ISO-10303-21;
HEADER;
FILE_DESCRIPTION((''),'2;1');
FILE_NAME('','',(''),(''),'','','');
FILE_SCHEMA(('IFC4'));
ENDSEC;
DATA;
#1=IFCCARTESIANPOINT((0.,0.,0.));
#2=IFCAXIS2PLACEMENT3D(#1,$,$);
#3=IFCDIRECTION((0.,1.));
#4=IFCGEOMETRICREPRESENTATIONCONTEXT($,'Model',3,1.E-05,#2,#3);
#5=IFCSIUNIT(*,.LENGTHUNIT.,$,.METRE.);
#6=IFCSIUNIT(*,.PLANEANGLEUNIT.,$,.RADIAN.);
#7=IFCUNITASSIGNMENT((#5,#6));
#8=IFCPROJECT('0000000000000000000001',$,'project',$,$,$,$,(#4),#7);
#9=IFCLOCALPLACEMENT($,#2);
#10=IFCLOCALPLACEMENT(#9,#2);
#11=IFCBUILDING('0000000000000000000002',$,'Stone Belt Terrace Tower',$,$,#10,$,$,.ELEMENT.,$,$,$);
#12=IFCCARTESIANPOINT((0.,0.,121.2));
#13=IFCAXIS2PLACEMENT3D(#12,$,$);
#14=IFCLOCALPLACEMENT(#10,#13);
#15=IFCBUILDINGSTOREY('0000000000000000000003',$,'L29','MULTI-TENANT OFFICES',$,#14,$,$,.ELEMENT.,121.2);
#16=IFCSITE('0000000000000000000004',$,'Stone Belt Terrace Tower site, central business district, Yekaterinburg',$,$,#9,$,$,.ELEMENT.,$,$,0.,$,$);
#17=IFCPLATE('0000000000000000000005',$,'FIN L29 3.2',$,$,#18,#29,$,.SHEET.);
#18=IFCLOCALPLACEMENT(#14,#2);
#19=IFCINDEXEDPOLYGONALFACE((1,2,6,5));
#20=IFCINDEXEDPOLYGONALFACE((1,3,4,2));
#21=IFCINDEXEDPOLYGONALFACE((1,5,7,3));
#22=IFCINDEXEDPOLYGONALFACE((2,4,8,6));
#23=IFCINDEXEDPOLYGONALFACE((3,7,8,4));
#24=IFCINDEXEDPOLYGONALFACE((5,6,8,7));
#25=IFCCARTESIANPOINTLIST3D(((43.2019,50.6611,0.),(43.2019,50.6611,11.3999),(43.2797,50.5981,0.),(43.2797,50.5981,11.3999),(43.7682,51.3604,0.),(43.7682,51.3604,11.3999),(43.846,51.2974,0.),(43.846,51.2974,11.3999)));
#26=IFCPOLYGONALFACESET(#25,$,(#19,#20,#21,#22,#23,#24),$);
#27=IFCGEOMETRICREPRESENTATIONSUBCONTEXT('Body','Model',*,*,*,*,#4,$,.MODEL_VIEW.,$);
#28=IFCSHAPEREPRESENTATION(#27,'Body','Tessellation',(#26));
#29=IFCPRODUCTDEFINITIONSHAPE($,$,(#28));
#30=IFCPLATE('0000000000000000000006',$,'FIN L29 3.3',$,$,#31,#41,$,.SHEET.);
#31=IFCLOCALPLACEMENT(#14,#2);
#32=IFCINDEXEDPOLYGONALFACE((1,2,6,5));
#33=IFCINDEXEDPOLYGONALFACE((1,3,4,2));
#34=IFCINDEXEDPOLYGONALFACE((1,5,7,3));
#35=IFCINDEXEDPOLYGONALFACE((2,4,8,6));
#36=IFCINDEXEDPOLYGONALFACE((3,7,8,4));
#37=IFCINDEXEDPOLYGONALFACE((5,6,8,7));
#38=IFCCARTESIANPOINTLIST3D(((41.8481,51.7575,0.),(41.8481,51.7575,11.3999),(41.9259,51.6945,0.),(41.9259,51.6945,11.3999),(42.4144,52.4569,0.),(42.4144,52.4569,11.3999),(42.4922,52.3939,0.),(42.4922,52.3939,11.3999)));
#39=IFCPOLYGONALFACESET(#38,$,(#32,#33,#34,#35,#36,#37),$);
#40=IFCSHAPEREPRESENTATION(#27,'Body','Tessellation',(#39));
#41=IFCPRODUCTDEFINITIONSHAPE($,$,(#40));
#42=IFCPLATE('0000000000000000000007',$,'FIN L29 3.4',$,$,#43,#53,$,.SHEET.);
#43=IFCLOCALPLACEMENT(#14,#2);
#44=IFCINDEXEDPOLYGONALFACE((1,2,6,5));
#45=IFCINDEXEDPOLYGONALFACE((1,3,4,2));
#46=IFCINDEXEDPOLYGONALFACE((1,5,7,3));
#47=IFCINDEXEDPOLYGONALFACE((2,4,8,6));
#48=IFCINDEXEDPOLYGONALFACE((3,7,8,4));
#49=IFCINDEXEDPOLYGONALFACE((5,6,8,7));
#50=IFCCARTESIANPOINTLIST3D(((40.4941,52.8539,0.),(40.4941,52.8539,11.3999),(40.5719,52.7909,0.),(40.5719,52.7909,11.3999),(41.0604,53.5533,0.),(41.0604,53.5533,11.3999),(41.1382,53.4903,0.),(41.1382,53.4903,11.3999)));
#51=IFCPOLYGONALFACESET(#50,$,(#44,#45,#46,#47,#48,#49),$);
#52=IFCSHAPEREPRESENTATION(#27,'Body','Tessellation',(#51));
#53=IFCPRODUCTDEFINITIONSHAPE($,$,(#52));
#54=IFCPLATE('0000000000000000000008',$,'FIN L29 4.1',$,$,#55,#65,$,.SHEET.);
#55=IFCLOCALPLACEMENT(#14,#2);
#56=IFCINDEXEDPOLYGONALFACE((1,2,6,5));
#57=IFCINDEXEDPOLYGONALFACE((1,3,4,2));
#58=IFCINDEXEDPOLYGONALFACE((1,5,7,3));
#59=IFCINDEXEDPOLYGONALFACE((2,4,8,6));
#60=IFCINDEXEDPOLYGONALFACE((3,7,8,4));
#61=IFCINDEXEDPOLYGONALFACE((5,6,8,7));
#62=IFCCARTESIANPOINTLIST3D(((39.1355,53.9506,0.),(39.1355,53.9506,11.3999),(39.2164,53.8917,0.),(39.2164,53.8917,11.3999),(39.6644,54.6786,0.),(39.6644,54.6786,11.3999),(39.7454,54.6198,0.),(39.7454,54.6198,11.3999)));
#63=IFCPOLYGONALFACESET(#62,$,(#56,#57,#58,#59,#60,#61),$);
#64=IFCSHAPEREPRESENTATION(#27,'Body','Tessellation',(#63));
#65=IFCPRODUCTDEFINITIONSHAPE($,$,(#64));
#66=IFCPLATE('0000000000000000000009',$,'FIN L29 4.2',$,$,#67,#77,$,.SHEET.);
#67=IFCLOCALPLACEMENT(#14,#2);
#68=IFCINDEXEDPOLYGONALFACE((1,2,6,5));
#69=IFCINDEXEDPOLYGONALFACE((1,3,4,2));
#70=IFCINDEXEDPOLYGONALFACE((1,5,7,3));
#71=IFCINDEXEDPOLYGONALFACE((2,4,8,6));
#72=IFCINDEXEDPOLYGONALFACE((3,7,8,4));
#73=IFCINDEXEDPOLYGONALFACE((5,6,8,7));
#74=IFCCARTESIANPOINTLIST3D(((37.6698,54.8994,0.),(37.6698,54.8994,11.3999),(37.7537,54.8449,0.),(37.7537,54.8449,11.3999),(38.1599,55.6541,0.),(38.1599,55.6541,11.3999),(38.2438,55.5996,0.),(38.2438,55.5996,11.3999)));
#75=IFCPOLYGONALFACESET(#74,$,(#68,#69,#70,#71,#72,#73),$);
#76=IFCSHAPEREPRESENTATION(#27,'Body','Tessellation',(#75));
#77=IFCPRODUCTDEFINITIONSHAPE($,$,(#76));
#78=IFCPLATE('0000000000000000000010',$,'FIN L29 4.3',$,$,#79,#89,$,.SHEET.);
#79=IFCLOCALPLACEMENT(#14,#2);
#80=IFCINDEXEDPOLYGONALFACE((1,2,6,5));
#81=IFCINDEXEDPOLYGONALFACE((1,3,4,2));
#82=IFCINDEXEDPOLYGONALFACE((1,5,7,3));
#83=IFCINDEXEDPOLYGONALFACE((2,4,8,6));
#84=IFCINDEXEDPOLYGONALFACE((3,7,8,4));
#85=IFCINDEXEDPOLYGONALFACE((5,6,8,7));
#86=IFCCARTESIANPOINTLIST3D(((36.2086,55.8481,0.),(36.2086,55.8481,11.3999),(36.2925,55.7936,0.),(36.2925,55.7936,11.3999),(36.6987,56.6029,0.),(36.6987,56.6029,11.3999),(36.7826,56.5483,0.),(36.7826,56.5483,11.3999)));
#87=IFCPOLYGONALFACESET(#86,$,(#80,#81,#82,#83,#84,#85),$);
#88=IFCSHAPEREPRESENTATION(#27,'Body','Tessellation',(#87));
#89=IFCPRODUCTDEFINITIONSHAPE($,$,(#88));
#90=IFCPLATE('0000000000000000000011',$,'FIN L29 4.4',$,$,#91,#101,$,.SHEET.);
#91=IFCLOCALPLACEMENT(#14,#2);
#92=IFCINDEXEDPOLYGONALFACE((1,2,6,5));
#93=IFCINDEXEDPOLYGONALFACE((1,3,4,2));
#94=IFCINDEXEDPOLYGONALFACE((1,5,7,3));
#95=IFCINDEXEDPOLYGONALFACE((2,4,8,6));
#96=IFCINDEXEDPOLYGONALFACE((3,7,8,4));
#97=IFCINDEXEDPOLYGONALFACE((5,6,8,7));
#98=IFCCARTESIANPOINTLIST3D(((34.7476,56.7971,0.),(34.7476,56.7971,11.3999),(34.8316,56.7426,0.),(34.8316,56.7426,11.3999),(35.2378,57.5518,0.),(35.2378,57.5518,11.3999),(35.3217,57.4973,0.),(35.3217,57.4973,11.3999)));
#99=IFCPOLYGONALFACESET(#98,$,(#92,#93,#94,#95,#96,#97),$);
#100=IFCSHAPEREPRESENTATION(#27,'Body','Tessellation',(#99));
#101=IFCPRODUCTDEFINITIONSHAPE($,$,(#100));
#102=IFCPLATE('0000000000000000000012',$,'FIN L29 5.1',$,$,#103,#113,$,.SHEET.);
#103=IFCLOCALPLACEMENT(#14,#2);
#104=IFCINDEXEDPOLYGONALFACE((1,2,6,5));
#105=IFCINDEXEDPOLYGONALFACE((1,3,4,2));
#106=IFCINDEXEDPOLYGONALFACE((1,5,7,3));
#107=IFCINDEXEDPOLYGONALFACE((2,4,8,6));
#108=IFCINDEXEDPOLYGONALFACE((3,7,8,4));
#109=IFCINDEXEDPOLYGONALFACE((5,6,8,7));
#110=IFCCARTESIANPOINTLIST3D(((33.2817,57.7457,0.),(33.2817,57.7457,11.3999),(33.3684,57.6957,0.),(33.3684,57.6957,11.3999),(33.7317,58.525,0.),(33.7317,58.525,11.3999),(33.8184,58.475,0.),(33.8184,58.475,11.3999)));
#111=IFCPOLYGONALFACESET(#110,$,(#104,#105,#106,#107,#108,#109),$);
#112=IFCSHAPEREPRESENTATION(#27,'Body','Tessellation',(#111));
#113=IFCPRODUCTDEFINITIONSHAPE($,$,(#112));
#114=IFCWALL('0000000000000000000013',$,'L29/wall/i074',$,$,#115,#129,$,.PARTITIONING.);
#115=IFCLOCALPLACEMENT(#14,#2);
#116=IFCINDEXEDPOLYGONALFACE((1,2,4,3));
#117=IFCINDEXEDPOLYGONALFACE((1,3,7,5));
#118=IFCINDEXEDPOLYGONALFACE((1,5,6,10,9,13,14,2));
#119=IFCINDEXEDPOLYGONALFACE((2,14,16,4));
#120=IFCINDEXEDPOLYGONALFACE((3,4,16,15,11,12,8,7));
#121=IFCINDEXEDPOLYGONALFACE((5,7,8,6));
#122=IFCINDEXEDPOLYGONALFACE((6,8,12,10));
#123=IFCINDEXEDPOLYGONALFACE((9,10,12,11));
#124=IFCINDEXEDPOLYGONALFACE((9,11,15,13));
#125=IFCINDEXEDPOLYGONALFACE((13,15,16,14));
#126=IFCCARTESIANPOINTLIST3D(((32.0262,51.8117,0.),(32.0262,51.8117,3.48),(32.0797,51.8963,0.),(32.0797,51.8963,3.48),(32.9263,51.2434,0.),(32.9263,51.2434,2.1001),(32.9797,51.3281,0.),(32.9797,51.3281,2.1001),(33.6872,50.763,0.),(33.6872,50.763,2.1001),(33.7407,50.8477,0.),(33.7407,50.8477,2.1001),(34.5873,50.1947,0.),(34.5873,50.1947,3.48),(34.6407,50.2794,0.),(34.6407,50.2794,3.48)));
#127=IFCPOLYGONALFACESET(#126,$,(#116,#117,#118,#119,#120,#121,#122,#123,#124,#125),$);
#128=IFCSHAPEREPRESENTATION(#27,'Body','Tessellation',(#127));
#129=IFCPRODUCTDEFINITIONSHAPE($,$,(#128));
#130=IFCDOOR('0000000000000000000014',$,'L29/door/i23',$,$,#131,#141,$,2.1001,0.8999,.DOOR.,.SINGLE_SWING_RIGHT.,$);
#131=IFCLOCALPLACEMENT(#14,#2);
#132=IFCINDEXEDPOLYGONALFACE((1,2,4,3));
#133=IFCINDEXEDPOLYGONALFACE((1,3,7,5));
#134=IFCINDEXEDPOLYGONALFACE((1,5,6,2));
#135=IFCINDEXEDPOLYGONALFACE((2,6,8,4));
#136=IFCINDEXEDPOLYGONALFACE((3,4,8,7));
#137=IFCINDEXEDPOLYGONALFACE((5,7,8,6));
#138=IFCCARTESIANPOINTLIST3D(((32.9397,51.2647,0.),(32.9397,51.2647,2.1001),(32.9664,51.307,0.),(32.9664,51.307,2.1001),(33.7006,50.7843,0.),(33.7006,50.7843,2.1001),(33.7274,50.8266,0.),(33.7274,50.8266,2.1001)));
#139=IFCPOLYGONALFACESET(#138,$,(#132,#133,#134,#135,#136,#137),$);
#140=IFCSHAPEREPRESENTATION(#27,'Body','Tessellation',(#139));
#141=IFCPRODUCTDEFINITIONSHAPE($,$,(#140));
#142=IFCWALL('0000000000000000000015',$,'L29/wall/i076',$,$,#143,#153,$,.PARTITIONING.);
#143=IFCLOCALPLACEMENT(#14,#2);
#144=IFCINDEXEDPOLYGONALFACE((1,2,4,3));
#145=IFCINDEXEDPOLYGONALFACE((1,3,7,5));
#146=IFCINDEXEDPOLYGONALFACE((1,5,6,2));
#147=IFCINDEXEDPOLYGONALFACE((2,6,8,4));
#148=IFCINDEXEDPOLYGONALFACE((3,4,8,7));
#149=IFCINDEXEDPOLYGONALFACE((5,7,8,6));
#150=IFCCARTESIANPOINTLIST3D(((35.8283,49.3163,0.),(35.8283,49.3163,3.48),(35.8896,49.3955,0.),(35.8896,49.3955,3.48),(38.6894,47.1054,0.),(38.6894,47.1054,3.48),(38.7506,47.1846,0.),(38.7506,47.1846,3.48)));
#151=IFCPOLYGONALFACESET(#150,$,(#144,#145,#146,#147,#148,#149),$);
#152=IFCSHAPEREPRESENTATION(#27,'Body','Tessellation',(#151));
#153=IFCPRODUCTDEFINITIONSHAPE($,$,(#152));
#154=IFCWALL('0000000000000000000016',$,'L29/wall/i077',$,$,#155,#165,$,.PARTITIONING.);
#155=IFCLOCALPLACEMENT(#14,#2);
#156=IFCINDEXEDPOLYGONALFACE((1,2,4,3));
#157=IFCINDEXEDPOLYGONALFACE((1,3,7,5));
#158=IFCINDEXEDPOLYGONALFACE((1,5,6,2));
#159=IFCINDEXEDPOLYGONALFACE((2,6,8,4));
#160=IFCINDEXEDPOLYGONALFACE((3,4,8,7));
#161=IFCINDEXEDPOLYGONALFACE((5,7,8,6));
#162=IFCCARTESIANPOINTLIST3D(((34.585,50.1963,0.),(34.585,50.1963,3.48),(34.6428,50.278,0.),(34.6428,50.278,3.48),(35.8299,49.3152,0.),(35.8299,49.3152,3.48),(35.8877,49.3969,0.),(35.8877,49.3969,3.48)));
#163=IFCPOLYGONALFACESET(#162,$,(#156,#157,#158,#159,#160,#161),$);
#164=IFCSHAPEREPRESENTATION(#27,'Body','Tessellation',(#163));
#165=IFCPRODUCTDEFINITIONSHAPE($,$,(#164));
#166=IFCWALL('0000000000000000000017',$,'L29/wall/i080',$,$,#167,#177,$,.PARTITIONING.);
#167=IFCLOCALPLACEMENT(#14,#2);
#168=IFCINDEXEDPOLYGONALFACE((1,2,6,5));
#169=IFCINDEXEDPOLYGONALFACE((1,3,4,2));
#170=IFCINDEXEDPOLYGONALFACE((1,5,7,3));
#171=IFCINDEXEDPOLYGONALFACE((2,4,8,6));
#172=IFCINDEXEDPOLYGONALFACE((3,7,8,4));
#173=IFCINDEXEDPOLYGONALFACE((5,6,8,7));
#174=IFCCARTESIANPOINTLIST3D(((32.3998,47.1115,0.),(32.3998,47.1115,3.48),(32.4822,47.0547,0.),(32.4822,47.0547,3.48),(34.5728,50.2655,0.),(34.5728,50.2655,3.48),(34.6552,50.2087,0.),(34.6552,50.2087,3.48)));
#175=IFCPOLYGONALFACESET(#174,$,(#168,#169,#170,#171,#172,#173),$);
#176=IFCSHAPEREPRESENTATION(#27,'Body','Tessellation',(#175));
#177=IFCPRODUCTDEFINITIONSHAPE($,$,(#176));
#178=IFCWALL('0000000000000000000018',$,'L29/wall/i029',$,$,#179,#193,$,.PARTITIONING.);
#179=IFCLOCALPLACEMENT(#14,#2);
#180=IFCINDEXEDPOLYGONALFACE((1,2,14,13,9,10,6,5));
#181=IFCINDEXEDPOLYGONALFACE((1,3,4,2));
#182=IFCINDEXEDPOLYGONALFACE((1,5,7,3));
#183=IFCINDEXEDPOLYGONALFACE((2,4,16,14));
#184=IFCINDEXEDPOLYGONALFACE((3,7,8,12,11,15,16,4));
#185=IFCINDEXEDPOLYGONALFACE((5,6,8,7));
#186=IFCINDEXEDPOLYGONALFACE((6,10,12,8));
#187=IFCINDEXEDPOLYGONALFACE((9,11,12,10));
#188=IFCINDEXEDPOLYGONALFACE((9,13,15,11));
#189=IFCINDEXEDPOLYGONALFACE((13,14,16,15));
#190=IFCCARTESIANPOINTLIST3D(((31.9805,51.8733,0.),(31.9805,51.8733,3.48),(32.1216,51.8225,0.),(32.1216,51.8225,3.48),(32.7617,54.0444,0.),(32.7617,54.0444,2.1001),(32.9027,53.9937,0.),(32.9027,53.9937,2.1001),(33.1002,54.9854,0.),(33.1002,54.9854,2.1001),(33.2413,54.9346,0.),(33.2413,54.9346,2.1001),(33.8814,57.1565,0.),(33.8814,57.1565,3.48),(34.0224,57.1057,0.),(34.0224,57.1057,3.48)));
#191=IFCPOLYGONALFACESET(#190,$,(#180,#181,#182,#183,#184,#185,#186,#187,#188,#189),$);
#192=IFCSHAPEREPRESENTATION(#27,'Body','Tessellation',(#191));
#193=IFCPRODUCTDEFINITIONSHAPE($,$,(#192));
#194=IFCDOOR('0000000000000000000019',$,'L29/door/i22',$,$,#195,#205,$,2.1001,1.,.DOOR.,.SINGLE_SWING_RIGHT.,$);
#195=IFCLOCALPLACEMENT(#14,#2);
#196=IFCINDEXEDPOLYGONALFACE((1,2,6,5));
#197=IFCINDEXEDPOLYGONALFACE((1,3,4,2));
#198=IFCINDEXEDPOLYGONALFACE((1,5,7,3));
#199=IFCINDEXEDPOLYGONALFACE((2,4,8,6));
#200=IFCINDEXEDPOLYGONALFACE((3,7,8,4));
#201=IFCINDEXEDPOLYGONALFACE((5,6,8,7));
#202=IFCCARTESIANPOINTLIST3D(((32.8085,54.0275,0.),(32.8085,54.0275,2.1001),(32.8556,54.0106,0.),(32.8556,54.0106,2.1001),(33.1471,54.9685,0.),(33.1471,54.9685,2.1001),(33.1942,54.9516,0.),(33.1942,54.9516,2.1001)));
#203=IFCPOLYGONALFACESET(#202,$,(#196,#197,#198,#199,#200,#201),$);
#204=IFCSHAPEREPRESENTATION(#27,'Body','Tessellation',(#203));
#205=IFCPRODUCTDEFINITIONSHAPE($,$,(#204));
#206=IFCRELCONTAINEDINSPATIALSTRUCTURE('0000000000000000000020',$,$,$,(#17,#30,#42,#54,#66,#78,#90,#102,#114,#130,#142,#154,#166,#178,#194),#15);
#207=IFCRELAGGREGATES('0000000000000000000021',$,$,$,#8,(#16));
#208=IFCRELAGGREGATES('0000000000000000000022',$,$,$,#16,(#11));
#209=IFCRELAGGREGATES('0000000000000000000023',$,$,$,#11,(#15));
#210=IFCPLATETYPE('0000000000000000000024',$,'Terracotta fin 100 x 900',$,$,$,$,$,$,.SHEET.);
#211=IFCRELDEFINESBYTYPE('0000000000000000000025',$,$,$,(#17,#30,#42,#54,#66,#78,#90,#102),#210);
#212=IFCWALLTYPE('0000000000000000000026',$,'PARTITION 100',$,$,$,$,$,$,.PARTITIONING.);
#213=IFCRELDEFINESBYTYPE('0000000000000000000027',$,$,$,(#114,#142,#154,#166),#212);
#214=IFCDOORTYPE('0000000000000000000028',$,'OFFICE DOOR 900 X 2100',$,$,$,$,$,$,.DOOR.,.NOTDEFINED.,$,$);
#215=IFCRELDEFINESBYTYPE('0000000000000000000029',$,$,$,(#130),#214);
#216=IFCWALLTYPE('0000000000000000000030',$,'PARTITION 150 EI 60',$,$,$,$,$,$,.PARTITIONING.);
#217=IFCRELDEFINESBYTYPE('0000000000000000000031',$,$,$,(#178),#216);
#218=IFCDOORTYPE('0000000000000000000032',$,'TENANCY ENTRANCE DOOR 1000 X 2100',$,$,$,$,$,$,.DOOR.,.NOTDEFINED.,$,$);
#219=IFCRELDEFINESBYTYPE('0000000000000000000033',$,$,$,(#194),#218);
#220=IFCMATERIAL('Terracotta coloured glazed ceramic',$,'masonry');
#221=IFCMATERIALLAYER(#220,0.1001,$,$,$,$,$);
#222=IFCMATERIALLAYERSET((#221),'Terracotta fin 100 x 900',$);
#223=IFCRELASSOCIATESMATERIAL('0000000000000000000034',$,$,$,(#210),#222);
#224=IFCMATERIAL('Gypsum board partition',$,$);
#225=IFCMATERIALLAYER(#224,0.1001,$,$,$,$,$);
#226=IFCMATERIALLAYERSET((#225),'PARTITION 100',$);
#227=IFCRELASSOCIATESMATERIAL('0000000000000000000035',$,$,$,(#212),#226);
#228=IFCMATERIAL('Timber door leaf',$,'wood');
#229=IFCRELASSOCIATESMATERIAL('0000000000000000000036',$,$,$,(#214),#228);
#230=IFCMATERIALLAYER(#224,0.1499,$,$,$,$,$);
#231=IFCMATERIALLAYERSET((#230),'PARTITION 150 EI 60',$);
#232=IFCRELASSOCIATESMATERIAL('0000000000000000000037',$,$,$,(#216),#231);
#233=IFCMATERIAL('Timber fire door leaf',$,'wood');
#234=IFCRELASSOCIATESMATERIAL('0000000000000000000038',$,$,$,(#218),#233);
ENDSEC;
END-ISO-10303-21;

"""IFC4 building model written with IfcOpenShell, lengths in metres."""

from ifc_helpers import new_model, si_unit, direction, frame, frame_2d, origin, origin_2d, place, context, subcontext, project, spatial, rectangle, extrude, material, layer, layer_set, type_object, element, fill, save


model = new_model("IFC4")

# Units and contexts
model_context = context("Model", 3, precision=1e-05, world=origin(), true_north=direction((0.0, 1.0)))
body_context = subcontext(model_context, "Body", "Model", "MODEL_VIEW")
ifc_project = project(units=[si_unit("LENGTHUNIT", "METRE"), si_unit("PLANEANGLEUNIT", "RADIAN")], contexts=[model_context])

# Site, building, storey
site_placement = place(None, origin())
site = spatial("IfcSite", under=ifc_project, at=site_placement, Name="Stone Belt Terrace Tower site, central business district, Yekaterinburg", CompositionType="ELEMENT", RefElevation=0.0)
building_placement = place(site_placement, origin())
building = spatial("IfcBuilding", under=site, at=building_placement, Name="Stone Belt Terrace Tower", CompositionType="ELEMENT")
storey_placement = place(building_placement, frame((0.0, 0.0, 121.2)))
storey = spatial("IfcBuildingStorey", under=building, at=storey_placement, Name="L29", Description="MULTI-TENANT OFFICES", CompositionType="ELEMENT", Elevation=121.2)

# Plates
ifc_material_1 = material(Name="Terracotta coloured glazed ceramic", Category="masonry")
ifc_layer_1 = layer(ifc_material_1, 0.1001)
ifc_layer_set_1 = layer_set([ifc_layer_1], Name="Terracotta fin 100 x 900")
plate_type_1 = type_object("IfcPlateType", Name="Terracotta fin 100 x 900", PredefinedType="SHEET", material=ifc_layer_set_1)
for number, where, z_axis, x_axis, name in (
    (1, (43.5239, 50.9792, 0.0), (0.0, 0.0, 1.0), (0.62932, 0.777146, 0.0), "FIN L29 3.2"),
    (2, (42.1702, 52.0757, 0.0), (0.0, 0.0, 1.0), (0.62932, 0.777146, 0.0), "FIN L29 3.3"),
    (3, (40.8162, 53.1721, 0.0), (0.0, 0.0, 1.0), (0.62932, 0.777146, 0.0), "FIN L29 3.4"),
    (4, (39.4404, 54.2852, 0.0), (0.0, 0.0, 1.0), (0.587785, 0.809017, 0.0), "FIN L29 4.1"),
    (5, (37.9568, 55.2495, 0.0), (0.0, 0.0, 1.0), (0.544639, 0.838671, 0.0), "FIN L29 4.2"),
    (6, (36.4956, 56.1982, 0.0), (0.0, 0.0, 1.0), (0.544639, 0.838671, 0.0), "FIN L29 4.3"),
    (7, (35.0347, 57.1472, 0.0), (0.0, 0.0, 1.0), (0.544639, 0.838671, 0.0), "FIN L29 4.4"),
    (8, (33.55, 58.1104, 0.0), (0.0, 0.0, 1.0), (0.5, 0.866025, 0.0), "FIN L29 5.1"),
):
    element("IfcPlate", number, at=place(storey_placement, frame(where, z_axis=z_axis, x_axis=x_axis)), inside=storey, type_object=plate_type_1, Name=name, PredefinedType="SHEET", context=body_context, shape_type="SweptSolid", body=[
        extrude(rectangle(XDim=0.8999, YDim=0.1001, at=origin_2d()), origin(), (0.0, 0.0, 1.0), 11.3999),
    ])

# Wall, opening, door
ifc_material_2 = material(Name="Gypsum board partition")
ifc_layer_2 = layer(ifc_material_2, 0.1001)
ifc_layer_set_2 = layer_set([ifc_layer_2], Name="PARTITION 100")
wall_type_1 = type_object("IfcWallType", Name="PARTITION 100", PredefinedType="PARTITIONING", material=ifc_layer_set_2)
wall_1_placement = place(storey_placement, frame((34.614, 50.2371, 0.0), z_axis=(0.0, 0.0, 1.0), x_axis=(-0.845571, 0.533863, 0.0)))
wall_1 = element("IfcWall", 9, at=wall_1_placement, inside=storey, type_object=wall_type_1, Name="L29/wall/i074", PredefinedType="PARTITIONING", context=body_context, shape_type="SweptSolid", body=[
    extrude(rectangle(XDim=3.0288, YDim=0.1001, at=frame_2d((1.5144, 0.0))), origin(), (0.0, 0.0, 1.0), 3.48),
])
opening_1_placement = place(wall_1_placement, frame((1.0645, 0.0, 0.0)))
opening_1 = element("IfcOpeningElement", 10, at=opening_1_placement, cuts=wall_1, PredefinedType="OPENING", context=body_context, shape_type="SweptSolid", body=[
    extrude(rectangle(XDim=0.8999, YDim=2.1001, at=frame_2d((0.45, 1.05))), frame((0.0, 0.0601, 0.0), z_axis=(0.0, -1.0, 0.0), x_axis=(1.0, 0.0, 0.0)), (0.0, 0.0, 1.0), 0.1201),
])
ifc_material_3 = material(Name="Timber door leaf", Category="wood")
door_type_1 = type_object("IfcDoorType", Name="OFFICE DOOR 900 X 2100", OperationType="NOTDEFINED", PredefinedType="DOOR", material=ifc_material_3)
door_1_placement = place(opening_1_placement, origin())
door_1 = element("IfcDoor", 11, at=door_1_placement, inside=storey, type_object=door_type_1, Name="L29/door/i23", OperationType="SINGLE_SWING_RIGHT", OverallHeight=2.1001, OverallWidth=0.8999, PredefinedType="DOOR", context=body_context, shape_type="SweptSolid", body=[
    extrude(rectangle(XDim=0.8999, YDim=2.1001, at=frame_2d((0.45, 1.05))), frame((0.0, 0.0249, 0.0), z_axis=(0.0, -1.0, 0.0), x_axis=(1.0, 0.0, 0.0)), (0.0, 0.0, 1.0), 0.05),
])
fill(opening_1, door_1)

# Walls
wall_2_placement = place(storey_placement, frame((38.72, 47.145, 0.0), z_axis=(0.0, 0.0, 1.0), x_axis=(-0.791272, 0.611465, 0.0)))
element("IfcWall", 12, at=wall_2_placement, inside=storey, type_object=wall_type_1, Name="L29/wall/i076", PredefinedType="PARTITIONING", context=body_context, shape_type="SweptSolid", body=[
    extrude(rectangle(XDim=3.6157, YDim=0.1001, at=frame_2d((1.8079, 0.0))), origin(), (0.0, 0.0, 1.0), 3.48),
])
wall_3_placement = place(storey_placement, frame((35.8589, 49.356, 0.0), z_axis=(0.0, 0.0, 1.0), x_axis=(-0.816235, 0.57772, 0.0)))
element("IfcWall", 13, at=wall_3_placement, inside=storey, type_object=wall_type_1, Name="L29/wall/i077", PredefinedType="PARTITIONING", context=body_context, shape_type="SweptSolid", body=[
    extrude(rectangle(XDim=1.5251, YDim=0.1001, at=frame_2d((0.7627, 0.0))), origin(), (0.0, 0.0, 1.0), 3.48),
])
wall_4_placement = place(storey_placement, frame((34.614, 50.2371, 0.0), z_axis=(0.0, 0.0, 1.0), x_axis=(-0.567359, -0.823471, 0.0)))
element("IfcWall", 14, at=wall_4_placement, inside=storey, type_object=wall_type_1, Name="L29/wall/i080", PredefinedType="PARTITIONING", context=body_context, shape_type="SweptSolid", body=[
    extrude(rectangle(XDim=3.8301, YDim=0.1001, at=frame_2d((1.915, 0.0))), origin(), (0.0, 0.0, 1.0), 3.48),
])

# Wall, opening, door
ifc_layer_3 = layer(ifc_material_2, 0.1499)
ifc_layer_set_3 = layer_set([ifc_layer_3], Name="PARTITION 150 EI 60")
wall_type_2 = type_object("IfcWallType", Name="PARTITION 150 EI 60", PredefinedType="PARTITIONING", material=ifc_layer_set_3)
wall_5_placement = place(storey_placement, frame((33.9519, 57.1311, 0.0), z_axis=(0.0, 0.0, 1.0), x_axis=(-0.33855, -0.940948, 0.0)))
wall_5 = element("IfcWall", 15, at=wall_5_placement, inside=storey, type_object=wall_type_2, Name="L29/wall/i029", PredefinedType="PARTITIONING", context=body_context, shape_type="SweptSolid", body=[
    extrude(rectangle(XDim=5.6147, YDim=0.1499, at=frame_2d((2.8074, 0.0))), origin(), (0.0, 0.0, 1.0), 3.48),
])
opening_2_placement = place(wall_5_placement, frame((2.3074, 0.0, 0.0)))
opening_2 = element("IfcOpeningElement", 16, at=opening_2_placement, cuts=wall_5, PredefinedType="OPENING", context=body_context, shape_type="SweptSolid", body=[
    extrude(rectangle(XDim=1.0, YDim=2.1001, at=frame_2d((0.5, 1.05))), frame((0.0, 0.085, 0.0), z_axis=(0.0, -1.0, 0.0), x_axis=(1.0, 0.0, 0.0)), (0.0, 0.0, 1.0), 0.1699),
])
ifc_material_4 = material(Name="Timber fire door leaf", Category="wood")
door_type_2 = type_object("IfcDoorType", Name="TENANCY ENTRANCE DOOR 1000 X 2100", OperationType="NOTDEFINED", PredefinedType="DOOR", material=ifc_material_4)
door_2_placement = place(opening_2_placement, origin())
door_2 = element("IfcDoor", 17, at=door_2_placement, inside=storey, type_object=door_type_2, Name="L29/door/i22", OperationType="SINGLE_SWING_RIGHT", OverallHeight=2.1001, OverallWidth=1.0, PredefinedType="DOOR", context=body_context, shape_type="SweptSolid", body=[
    extrude(rectangle(XDim=1.0, YDim=2.1001, at=frame_2d((0.5, 1.05))), frame((0.0, 0.0249, 0.0), z_axis=(0.0, -1.0, 0.0), x_axis=(1.0, 0.0, 0.0)), (0.0, 0.0, 1.0), 0.05),
])
fill(opening_2, door_2)

save(model, "model.ifc")
